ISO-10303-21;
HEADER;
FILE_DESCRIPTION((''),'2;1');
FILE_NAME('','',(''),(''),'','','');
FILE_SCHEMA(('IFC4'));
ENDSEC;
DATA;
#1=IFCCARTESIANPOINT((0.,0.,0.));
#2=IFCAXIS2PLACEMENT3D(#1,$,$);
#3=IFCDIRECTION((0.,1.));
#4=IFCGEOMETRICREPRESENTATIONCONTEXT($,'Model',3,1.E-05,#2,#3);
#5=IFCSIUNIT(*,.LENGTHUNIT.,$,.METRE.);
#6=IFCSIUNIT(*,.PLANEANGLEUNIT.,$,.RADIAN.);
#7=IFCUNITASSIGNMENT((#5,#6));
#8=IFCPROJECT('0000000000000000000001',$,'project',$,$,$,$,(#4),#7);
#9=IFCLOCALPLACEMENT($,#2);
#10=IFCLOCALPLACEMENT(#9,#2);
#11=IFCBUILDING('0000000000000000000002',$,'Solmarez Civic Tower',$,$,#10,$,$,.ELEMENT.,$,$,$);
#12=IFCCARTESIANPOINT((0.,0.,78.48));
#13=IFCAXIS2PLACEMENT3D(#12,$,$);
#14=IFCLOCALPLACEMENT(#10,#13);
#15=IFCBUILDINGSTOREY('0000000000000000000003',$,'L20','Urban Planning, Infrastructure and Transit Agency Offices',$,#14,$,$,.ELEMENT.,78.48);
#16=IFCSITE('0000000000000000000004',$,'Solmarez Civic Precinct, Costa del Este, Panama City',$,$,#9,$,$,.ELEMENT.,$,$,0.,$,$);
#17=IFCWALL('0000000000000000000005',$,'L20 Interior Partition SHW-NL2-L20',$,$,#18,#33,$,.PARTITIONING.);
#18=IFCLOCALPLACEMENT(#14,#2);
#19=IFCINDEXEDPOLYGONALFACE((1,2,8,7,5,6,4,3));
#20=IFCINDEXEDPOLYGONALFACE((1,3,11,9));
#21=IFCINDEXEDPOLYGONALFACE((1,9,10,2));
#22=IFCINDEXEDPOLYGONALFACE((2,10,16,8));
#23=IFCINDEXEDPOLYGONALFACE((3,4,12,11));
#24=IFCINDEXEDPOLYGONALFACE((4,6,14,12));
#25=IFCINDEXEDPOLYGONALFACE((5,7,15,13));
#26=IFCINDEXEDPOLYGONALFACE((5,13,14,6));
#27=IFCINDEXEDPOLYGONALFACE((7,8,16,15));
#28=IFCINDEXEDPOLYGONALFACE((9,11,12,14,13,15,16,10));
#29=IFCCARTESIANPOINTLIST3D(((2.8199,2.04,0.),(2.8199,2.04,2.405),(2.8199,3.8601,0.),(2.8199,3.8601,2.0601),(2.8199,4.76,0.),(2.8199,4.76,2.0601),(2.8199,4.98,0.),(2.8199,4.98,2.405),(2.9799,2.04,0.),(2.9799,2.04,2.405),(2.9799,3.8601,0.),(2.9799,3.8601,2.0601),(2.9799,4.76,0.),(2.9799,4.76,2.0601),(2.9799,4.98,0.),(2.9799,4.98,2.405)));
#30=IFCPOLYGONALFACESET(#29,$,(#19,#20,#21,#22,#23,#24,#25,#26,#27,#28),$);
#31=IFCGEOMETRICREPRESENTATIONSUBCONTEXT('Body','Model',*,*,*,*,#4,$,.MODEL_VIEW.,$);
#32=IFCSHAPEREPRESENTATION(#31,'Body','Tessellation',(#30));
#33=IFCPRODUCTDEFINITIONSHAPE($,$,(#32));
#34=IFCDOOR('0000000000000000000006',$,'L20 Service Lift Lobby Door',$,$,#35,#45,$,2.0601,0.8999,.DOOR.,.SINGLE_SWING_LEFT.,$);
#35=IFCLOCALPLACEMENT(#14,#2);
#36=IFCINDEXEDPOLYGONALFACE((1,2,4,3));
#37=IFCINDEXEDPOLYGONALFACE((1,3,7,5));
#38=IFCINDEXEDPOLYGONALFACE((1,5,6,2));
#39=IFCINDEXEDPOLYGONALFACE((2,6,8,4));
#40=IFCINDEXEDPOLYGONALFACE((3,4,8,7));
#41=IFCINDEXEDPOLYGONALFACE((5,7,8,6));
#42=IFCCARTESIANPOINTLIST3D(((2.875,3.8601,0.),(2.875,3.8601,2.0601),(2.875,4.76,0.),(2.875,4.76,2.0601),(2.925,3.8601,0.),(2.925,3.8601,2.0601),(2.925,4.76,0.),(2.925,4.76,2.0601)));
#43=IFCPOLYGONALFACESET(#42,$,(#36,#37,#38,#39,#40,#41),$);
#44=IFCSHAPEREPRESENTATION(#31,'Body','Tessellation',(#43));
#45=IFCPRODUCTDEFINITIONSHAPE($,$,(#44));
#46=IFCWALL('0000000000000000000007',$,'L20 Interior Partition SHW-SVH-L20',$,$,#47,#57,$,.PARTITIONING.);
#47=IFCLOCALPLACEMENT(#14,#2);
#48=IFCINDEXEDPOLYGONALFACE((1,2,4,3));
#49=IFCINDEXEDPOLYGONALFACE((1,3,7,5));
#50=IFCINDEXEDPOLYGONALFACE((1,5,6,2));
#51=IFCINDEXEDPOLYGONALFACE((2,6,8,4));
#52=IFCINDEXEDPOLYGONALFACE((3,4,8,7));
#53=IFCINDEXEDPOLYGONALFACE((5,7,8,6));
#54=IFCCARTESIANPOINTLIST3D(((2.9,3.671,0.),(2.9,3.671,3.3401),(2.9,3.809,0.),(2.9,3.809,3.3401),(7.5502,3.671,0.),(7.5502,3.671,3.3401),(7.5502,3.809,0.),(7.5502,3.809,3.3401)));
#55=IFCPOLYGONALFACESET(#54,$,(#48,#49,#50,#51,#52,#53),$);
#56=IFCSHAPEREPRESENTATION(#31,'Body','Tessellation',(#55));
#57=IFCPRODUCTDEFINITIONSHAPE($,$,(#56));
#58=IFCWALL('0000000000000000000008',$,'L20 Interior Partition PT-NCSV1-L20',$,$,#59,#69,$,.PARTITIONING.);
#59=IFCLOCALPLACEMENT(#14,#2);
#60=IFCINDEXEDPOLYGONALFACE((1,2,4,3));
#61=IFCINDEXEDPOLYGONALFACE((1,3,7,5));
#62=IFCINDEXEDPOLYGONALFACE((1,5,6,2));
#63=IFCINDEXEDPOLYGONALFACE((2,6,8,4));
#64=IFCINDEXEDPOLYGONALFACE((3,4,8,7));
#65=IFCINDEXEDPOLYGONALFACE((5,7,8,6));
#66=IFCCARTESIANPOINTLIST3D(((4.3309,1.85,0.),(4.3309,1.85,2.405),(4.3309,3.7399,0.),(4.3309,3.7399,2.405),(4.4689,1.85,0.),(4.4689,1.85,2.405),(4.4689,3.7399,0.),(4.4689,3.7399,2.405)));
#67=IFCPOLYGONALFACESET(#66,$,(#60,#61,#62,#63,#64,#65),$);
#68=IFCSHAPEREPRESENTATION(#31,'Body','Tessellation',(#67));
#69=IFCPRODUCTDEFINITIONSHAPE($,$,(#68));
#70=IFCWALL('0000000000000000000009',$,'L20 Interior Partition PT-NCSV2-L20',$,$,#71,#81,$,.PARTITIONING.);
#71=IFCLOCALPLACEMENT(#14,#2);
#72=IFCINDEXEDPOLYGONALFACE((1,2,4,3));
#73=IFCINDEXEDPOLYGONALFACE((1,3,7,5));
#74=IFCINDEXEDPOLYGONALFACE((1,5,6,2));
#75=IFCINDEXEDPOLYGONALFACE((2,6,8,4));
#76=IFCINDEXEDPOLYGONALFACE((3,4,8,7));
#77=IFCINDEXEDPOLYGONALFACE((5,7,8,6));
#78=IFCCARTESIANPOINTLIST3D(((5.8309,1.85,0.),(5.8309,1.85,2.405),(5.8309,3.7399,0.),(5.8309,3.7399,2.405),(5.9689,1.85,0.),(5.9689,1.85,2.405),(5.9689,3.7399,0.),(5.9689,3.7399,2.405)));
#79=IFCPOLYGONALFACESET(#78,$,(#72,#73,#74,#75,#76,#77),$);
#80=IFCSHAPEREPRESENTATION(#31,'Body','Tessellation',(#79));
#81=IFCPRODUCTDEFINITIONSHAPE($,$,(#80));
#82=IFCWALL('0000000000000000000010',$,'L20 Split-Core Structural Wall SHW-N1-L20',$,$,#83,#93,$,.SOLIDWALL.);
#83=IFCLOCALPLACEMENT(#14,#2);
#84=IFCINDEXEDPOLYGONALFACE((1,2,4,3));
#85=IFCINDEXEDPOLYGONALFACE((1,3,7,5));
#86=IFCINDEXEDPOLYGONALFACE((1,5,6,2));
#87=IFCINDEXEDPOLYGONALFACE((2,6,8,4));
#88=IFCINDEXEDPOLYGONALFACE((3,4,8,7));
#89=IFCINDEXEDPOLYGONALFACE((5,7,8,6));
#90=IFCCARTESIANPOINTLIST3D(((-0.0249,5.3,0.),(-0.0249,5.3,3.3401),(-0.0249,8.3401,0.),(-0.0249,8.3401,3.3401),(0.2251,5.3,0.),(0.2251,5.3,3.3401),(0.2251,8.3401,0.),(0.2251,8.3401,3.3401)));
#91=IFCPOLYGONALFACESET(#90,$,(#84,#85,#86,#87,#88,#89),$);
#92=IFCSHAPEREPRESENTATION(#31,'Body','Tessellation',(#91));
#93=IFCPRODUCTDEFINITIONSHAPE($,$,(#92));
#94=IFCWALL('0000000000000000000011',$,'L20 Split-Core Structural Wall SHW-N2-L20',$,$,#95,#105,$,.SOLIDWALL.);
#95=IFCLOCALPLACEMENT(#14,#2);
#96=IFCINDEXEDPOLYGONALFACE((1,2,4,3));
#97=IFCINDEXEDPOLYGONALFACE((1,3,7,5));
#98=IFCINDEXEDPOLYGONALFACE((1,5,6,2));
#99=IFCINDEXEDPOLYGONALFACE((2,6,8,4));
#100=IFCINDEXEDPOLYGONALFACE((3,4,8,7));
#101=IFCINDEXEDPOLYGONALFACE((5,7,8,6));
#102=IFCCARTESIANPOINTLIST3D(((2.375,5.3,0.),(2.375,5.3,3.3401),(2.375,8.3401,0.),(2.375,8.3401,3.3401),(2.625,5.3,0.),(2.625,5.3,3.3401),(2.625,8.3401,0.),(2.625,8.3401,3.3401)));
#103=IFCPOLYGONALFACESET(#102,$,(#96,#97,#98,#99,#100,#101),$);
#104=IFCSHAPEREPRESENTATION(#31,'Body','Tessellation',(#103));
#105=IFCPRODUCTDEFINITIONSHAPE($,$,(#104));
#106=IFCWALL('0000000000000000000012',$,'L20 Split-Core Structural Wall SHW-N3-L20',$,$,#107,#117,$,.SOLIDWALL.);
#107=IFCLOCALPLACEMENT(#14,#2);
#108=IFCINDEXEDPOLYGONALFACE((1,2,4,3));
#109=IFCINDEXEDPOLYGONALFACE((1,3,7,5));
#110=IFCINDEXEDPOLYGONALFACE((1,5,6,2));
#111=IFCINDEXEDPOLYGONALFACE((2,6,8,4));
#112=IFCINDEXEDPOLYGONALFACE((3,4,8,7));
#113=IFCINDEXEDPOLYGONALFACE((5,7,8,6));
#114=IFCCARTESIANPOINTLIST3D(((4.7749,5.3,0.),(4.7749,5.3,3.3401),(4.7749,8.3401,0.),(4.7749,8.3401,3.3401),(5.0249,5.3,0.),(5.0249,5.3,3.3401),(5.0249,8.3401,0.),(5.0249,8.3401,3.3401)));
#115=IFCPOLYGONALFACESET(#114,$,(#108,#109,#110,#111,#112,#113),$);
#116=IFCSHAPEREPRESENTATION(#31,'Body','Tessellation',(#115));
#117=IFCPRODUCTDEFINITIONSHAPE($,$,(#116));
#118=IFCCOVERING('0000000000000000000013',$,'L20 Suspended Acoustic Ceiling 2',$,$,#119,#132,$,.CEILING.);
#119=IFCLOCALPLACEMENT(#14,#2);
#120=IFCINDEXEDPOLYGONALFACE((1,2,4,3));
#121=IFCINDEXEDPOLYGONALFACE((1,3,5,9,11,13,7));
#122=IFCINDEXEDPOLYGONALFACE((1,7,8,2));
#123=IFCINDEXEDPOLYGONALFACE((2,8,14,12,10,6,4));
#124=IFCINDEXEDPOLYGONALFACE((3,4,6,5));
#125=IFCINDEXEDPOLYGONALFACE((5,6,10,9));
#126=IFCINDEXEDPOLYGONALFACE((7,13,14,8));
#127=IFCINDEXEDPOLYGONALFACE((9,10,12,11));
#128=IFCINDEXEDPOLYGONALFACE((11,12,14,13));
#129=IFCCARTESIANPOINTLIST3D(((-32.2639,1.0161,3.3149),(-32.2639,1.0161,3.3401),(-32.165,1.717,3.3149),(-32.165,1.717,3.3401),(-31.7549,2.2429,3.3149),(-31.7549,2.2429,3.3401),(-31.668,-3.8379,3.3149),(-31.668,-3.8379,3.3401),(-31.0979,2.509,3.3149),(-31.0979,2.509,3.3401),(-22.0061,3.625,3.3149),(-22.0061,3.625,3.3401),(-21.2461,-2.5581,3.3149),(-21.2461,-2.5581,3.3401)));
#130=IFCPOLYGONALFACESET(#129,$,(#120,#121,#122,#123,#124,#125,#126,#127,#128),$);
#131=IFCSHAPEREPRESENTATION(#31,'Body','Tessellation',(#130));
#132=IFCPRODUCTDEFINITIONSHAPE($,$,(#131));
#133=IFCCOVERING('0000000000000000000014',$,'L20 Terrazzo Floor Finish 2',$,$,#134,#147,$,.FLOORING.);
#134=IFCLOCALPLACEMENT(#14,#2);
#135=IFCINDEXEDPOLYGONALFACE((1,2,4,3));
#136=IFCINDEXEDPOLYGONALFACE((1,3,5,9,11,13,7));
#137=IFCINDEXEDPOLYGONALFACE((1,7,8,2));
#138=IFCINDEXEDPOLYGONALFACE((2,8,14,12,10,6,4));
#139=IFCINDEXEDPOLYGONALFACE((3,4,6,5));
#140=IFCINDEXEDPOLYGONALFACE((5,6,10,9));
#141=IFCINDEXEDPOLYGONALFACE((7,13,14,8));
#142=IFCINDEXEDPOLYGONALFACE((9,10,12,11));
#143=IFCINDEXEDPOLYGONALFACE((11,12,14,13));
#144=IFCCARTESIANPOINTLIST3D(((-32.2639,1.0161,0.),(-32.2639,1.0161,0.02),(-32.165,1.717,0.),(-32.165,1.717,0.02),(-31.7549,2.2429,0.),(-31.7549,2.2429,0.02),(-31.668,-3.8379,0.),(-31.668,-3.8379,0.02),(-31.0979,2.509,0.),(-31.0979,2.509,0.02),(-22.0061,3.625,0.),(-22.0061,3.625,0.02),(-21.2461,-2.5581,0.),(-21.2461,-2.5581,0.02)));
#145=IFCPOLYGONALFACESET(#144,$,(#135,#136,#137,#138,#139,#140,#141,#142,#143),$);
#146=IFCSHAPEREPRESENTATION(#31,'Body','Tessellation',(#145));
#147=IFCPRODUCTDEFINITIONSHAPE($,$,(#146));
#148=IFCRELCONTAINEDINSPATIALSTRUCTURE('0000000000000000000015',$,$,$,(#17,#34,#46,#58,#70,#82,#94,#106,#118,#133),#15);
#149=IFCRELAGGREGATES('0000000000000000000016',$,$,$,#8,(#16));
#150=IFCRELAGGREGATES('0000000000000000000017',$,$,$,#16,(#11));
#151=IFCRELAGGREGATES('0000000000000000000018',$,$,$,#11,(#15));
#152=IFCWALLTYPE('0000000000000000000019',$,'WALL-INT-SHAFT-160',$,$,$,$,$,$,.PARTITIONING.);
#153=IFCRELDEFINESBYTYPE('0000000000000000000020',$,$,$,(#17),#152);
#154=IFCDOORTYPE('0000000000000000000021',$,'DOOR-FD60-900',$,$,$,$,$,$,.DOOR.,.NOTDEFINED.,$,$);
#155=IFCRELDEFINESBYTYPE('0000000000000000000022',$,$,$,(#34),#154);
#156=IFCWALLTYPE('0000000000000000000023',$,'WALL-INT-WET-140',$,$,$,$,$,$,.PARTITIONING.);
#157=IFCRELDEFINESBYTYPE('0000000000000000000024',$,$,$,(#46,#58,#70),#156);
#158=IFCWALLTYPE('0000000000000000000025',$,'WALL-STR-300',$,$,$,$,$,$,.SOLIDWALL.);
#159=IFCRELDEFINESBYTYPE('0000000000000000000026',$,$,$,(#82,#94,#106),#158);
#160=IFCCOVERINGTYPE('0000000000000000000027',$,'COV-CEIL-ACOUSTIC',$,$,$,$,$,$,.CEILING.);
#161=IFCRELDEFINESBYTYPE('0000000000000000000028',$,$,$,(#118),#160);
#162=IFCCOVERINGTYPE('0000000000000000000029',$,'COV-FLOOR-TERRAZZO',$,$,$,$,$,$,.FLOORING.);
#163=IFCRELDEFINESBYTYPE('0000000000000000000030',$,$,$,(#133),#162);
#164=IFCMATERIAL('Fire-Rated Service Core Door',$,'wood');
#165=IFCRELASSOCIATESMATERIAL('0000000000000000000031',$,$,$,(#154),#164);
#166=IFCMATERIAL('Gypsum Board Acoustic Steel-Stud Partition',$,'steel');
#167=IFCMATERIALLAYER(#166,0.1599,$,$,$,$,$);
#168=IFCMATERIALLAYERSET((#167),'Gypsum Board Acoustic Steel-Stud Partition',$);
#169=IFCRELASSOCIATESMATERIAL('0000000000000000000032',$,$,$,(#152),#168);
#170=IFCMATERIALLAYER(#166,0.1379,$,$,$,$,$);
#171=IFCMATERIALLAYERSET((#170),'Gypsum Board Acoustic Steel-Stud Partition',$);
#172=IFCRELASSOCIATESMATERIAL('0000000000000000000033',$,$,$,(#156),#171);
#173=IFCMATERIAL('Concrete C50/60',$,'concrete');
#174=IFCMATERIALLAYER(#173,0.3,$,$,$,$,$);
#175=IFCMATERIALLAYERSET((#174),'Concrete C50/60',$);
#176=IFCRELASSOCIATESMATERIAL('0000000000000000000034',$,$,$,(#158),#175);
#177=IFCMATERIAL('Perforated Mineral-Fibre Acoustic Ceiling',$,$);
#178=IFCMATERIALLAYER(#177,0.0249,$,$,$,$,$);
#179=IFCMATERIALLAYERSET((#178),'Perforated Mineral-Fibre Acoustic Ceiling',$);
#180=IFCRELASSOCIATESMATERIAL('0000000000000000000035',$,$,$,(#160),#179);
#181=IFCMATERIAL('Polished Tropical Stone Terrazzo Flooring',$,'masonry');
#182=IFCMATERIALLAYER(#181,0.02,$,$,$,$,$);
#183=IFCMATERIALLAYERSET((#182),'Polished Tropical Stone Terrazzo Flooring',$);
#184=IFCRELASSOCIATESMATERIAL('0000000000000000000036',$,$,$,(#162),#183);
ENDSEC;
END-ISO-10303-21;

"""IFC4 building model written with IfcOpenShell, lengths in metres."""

from ifc_helpers import new_model, si_unit, direction, frame, frame_2d, origin, place, context, subcontext, project, spatial, polyline, rectangle, outline, extrude, material, layer, layer_set, type_object, element, fill, save


model = new_model("IFC4")

# Units and contexts
model_context = context("Model", 3, precision=1e-05, world=origin(), true_north=direction((0.0, 1.0)))
body_context = subcontext(model_context, "Body", "Model", "MODEL_VIEW")
ifc_project = project(units=[si_unit("LENGTHUNIT", "METRE"), si_unit("PLANEANGLEUNIT", "RADIAN")], contexts=[model_context])

# Site, building, storey
site_placement = place(None, origin())
site = spatial("IfcSite", under=ifc_project, at=site_placement, Name="Solmarez Civic Precinct, Costa del Este, Panama City", CompositionType="ELEMENT", RefElevation=0.0)
building_placement = place(site_placement, origin())
building = spatial("IfcBuilding", under=site, at=building_placement, Name="Solmarez Civic Tower", CompositionType="ELEMENT")
storey_placement = place(building_placement, frame((0.0, 0.0, 78.48)))
storey = spatial("IfcBuildingStorey", under=building, at=storey_placement, Name="L20", Description="Urban Planning, Infrastructure and Transit Agency Offices", CompositionType="ELEMENT", Elevation=78.48)

# Shared definitions
ifc_material_1 = material(Name="Fire-Rated Service Core Door", Category="wood")
door_type_1 = type_object("IfcDoorType", Name="DOOR-FD60-900", OperationType="NOTDEFINED", PredefinedType="DOOR", material=ifc_material_1)

# Shared definitions
ifc_material_2 = material(Name="Gypsum Board Acoustic Steel-Stud Partition", Category="steel")

# Wall, opening, door
ifc_layer_1 = layer(ifc_material_2, 0.1599)
ifc_layer_set_1 = layer_set([ifc_layer_1], Name="Gypsum Board Acoustic Steel-Stud Partition")
wall_type_1 = type_object("IfcWallType", Name="WALL-INT-SHAFT-160", PredefinedType="PARTITIONING", material=ifc_layer_set_1)
wall_1_placement = place(storey_placement, frame((2.8999, 2.04, 0.0), z_axis=(0.0, 0.0, 1.0), x_axis=(0.0, 1.0, 0.0)))
wall_1 = element("IfcWall", 1, at=wall_1_placement, inside=storey, type_object=wall_type_1, Name="L20 Interior Partition SHW-NL2-L20", PredefinedType="PARTITIONING", context=body_context, shape_type="SweptSolid", body=[
    extrude(rectangle(XDim=2.9399, YDim=0.1599, at=frame_2d((1.47, 0.0))), origin(), (0.0, 0.0, 1.0), 2.405),
])
opening_1_placement = place(wall_1_placement, frame((1.8201, 0.0, 0.0)))
opening_1 = element("IfcOpeningElement", 2, at=opening_1_placement, cuts=wall_1, PredefinedType="OPENING", context=body_context, shape_type="SweptSolid", body=[
    extrude(rectangle(XDim=0.8999, YDim=2.0601, at=frame_2d((0.45, 1.03))), frame((0.0, 0.0898, 0.0), z_axis=(0.0, -1.0, 0.0), x_axis=(1.0, 0.0, 0.0)), (0.0, 0.0, 1.0), 0.1799),
])
door_1_placement = place(opening_1_placement, origin())
door_1 = element("IfcDoor", 3, at=door_1_placement, inside=storey, type_object=door_type_1, Name="L20 Service Lift Lobby Door", OperationType="SINGLE_SWING_LEFT", OverallHeight=2.0601, OverallWidth=0.8999, PredefinedType="DOOR", context=body_context, shape_type="SweptSolid", body=[
    extrude(rectangle(XDim=0.8999, YDim=2.0601, at=frame_2d((0.45, 1.03))), frame((0.0, 0.0249, 0.0), z_axis=(0.0, -1.0, 0.0), x_axis=(1.0, 0.0, 0.0)), (0.0, 0.0, 1.0), 0.05),
])
fill(opening_1, door_1)

# Walls
ifc_layer_2 = layer(ifc_material_2, 0.1379)
ifc_layer_set_2 = layer_set([ifc_layer_2], Name="Gypsum Board Acoustic Steel-Stud Partition")
wall_type_2 = type_object("IfcWallType", Name="WALL-INT-WET-140", PredefinedType="PARTITIONING", material=ifc_layer_set_2)
wall_2_placement = place(storey_placement, frame((2.8999, 3.74, 0.0), z_axis=(0.0, 0.0, 1.0), x_axis=(1.0, 0.0, 0.0)))
element("IfcWall", 4, at=wall_2_placement, inside=storey, type_object=wall_type_2, Name="L20 Interior Partition SHW-SVH-L20", PredefinedType="PARTITIONING", context=body_context, shape_type="SweptSolid", body=[
    extrude(rectangle(XDim=4.6501, YDim=0.1379, at=frame_2d((2.3252, 0.0))), origin(), (0.0, 0.0, 1.0), 3.3401),
])
for number, where, z_axis, x_axis, name in (
    (5, (4.3999, 1.8501, 0.0), (0.0, 0.0, 1.0), (0.0, 1.0, 0.0), "L20 Interior Partition PT-NCSV1-L20"),
    (6, (5.8999, 1.8501, 0.0), (0.0, 0.0, 1.0), (0.0, 1.0, 0.0), "L20 Interior Partition PT-NCSV2-L20"),
):
    element("IfcWall", number, at=place(storey_placement, frame(where, z_axis=z_axis, x_axis=x_axis)), inside=storey, type_object=wall_type_2, Name=name, PredefinedType="PARTITIONING", context=body_context, shape_type="SweptSolid", body=[
        extrude(rectangle(XDim=1.8899, YDim=0.1379, at=frame_2d((0.9448, 0.0))), origin(), (0.0, 0.0, 1.0), 2.405),
    ])

# Shared definitions
ifc_material_3 = material(Name="Concrete C50/60", Category="concrete")
ifc_layer_3 = layer(ifc_material_3, 0.3)
ifc_layer_set_3 = layer_set([ifc_layer_3], Name="Concrete C50/60")
wall_type_3 = type_object("IfcWallType", Name="WALL-STR-300", PredefinedType="SOLIDWALL", material=ifc_layer_set_3)

# Walls
for number, where, z_axis, x_axis, name in (
    (7, (0.1001, 5.3, 0.0), (0.0, 0.0, 1.0), (0.0, 1.0, 0.0), "L20 Split-Core Structural Wall SHW-N1-L20"),
    (8, (2.5, 5.3, 0.0), (0.0, 0.0, 1.0), (0.0, 1.0, 0.0), "L20 Split-Core Structural Wall SHW-N2-L20"),
    (9, (4.8999, 5.3, 0.0), (0.0, 0.0, 1.0), (0.0, 1.0, 0.0), "L20 Split-Core Structural Wall SHW-N3-L20"),
):
    element("IfcWall", number, at=place(storey_placement, frame(where, z_axis=z_axis, x_axis=x_axis)), inside=storey, type_object=wall_type_3, Name=name, PredefinedType="SOLIDWALL", context=body_context, shape_type="SweptSolid", body=[
        extrude(rectangle(XDim=3.04, YDim=0.25, at=frame_2d((1.52, 0.0))), origin(), (0.0, 0.0, 1.0), 3.3401),
    ])

# Coverings
ifc_material_4 = material(Name="Perforated Mineral-Fibre Acoustic Ceiling")
ifc_layer_4 = layer(ifc_material_4, 0.0249)
ifc_layer_set_4 = layer_set([ifc_layer_4], Name="Perforated Mineral-Fibre Acoustic Ceiling")
covering_type_1 = type_object("IfcCoveringType", Name="COV-CEIL-ACOUSTIC", PredefinedType="CEILING", material=ifc_layer_set_4)
covering_1_placement = place(storey_placement, frame((0.0, 0.0, 3.3149)))
element("IfcCovering", 10, at=covering_1_placement, inside=storey, type_object=covering_type_1, Name="L20 Suspended Acoustic Ceiling 2", PredefinedType="CEILING", context=body_context, shape_type="SweptSolid", body=[
    extrude(outline(polyline([(-22.0061, 3.625), (-31.0979, 2.509), (-31.7549, 2.2429), (-32.165, 1.717), (-32.2639, 1.0161), (-31.668, -3.8379), (-21.2461, -2.5581), (-22.0061, 3.625)])), origin(), (0.0, 0.0, 1.0), 0.0251),
])
ifc_material_5 = material(Name="Polished Tropical Stone Terrazzo Flooring", Category="masonry")
ifc_layer_5 = layer(ifc_material_5, 0.02)
ifc_layer_set_5 = layer_set([ifc_layer_5], Name="Polished Tropical Stone Terrazzo Flooring")
covering_type_2 = type_object("IfcCoveringType", Name="COV-FLOOR-TERRAZZO", PredefinedType="FLOORING", material=ifc_layer_set_5)
covering_2_placement = place(storey_placement, origin())
element("IfcCovering", 11, at=covering_2_placement, inside=storey, type_object=covering_type_2, Name="L20 Terrazzo Floor Finish 2", PredefinedType="FLOORING", context=body_context, shape_type="SweptSolid", body=[
    extrude(outline(polyline([(-22.0061, 3.625), (-31.0979, 2.509), (-31.7549, 2.2429), (-32.165, 1.717), (-32.2639, 1.0161), (-31.668, -3.8379), (-21.2461, -2.5581), (-22.0061, 3.625)])), origin(), (0.0, 0.0, 1.0), 0.02),
])

save(model, "model.ifc")
